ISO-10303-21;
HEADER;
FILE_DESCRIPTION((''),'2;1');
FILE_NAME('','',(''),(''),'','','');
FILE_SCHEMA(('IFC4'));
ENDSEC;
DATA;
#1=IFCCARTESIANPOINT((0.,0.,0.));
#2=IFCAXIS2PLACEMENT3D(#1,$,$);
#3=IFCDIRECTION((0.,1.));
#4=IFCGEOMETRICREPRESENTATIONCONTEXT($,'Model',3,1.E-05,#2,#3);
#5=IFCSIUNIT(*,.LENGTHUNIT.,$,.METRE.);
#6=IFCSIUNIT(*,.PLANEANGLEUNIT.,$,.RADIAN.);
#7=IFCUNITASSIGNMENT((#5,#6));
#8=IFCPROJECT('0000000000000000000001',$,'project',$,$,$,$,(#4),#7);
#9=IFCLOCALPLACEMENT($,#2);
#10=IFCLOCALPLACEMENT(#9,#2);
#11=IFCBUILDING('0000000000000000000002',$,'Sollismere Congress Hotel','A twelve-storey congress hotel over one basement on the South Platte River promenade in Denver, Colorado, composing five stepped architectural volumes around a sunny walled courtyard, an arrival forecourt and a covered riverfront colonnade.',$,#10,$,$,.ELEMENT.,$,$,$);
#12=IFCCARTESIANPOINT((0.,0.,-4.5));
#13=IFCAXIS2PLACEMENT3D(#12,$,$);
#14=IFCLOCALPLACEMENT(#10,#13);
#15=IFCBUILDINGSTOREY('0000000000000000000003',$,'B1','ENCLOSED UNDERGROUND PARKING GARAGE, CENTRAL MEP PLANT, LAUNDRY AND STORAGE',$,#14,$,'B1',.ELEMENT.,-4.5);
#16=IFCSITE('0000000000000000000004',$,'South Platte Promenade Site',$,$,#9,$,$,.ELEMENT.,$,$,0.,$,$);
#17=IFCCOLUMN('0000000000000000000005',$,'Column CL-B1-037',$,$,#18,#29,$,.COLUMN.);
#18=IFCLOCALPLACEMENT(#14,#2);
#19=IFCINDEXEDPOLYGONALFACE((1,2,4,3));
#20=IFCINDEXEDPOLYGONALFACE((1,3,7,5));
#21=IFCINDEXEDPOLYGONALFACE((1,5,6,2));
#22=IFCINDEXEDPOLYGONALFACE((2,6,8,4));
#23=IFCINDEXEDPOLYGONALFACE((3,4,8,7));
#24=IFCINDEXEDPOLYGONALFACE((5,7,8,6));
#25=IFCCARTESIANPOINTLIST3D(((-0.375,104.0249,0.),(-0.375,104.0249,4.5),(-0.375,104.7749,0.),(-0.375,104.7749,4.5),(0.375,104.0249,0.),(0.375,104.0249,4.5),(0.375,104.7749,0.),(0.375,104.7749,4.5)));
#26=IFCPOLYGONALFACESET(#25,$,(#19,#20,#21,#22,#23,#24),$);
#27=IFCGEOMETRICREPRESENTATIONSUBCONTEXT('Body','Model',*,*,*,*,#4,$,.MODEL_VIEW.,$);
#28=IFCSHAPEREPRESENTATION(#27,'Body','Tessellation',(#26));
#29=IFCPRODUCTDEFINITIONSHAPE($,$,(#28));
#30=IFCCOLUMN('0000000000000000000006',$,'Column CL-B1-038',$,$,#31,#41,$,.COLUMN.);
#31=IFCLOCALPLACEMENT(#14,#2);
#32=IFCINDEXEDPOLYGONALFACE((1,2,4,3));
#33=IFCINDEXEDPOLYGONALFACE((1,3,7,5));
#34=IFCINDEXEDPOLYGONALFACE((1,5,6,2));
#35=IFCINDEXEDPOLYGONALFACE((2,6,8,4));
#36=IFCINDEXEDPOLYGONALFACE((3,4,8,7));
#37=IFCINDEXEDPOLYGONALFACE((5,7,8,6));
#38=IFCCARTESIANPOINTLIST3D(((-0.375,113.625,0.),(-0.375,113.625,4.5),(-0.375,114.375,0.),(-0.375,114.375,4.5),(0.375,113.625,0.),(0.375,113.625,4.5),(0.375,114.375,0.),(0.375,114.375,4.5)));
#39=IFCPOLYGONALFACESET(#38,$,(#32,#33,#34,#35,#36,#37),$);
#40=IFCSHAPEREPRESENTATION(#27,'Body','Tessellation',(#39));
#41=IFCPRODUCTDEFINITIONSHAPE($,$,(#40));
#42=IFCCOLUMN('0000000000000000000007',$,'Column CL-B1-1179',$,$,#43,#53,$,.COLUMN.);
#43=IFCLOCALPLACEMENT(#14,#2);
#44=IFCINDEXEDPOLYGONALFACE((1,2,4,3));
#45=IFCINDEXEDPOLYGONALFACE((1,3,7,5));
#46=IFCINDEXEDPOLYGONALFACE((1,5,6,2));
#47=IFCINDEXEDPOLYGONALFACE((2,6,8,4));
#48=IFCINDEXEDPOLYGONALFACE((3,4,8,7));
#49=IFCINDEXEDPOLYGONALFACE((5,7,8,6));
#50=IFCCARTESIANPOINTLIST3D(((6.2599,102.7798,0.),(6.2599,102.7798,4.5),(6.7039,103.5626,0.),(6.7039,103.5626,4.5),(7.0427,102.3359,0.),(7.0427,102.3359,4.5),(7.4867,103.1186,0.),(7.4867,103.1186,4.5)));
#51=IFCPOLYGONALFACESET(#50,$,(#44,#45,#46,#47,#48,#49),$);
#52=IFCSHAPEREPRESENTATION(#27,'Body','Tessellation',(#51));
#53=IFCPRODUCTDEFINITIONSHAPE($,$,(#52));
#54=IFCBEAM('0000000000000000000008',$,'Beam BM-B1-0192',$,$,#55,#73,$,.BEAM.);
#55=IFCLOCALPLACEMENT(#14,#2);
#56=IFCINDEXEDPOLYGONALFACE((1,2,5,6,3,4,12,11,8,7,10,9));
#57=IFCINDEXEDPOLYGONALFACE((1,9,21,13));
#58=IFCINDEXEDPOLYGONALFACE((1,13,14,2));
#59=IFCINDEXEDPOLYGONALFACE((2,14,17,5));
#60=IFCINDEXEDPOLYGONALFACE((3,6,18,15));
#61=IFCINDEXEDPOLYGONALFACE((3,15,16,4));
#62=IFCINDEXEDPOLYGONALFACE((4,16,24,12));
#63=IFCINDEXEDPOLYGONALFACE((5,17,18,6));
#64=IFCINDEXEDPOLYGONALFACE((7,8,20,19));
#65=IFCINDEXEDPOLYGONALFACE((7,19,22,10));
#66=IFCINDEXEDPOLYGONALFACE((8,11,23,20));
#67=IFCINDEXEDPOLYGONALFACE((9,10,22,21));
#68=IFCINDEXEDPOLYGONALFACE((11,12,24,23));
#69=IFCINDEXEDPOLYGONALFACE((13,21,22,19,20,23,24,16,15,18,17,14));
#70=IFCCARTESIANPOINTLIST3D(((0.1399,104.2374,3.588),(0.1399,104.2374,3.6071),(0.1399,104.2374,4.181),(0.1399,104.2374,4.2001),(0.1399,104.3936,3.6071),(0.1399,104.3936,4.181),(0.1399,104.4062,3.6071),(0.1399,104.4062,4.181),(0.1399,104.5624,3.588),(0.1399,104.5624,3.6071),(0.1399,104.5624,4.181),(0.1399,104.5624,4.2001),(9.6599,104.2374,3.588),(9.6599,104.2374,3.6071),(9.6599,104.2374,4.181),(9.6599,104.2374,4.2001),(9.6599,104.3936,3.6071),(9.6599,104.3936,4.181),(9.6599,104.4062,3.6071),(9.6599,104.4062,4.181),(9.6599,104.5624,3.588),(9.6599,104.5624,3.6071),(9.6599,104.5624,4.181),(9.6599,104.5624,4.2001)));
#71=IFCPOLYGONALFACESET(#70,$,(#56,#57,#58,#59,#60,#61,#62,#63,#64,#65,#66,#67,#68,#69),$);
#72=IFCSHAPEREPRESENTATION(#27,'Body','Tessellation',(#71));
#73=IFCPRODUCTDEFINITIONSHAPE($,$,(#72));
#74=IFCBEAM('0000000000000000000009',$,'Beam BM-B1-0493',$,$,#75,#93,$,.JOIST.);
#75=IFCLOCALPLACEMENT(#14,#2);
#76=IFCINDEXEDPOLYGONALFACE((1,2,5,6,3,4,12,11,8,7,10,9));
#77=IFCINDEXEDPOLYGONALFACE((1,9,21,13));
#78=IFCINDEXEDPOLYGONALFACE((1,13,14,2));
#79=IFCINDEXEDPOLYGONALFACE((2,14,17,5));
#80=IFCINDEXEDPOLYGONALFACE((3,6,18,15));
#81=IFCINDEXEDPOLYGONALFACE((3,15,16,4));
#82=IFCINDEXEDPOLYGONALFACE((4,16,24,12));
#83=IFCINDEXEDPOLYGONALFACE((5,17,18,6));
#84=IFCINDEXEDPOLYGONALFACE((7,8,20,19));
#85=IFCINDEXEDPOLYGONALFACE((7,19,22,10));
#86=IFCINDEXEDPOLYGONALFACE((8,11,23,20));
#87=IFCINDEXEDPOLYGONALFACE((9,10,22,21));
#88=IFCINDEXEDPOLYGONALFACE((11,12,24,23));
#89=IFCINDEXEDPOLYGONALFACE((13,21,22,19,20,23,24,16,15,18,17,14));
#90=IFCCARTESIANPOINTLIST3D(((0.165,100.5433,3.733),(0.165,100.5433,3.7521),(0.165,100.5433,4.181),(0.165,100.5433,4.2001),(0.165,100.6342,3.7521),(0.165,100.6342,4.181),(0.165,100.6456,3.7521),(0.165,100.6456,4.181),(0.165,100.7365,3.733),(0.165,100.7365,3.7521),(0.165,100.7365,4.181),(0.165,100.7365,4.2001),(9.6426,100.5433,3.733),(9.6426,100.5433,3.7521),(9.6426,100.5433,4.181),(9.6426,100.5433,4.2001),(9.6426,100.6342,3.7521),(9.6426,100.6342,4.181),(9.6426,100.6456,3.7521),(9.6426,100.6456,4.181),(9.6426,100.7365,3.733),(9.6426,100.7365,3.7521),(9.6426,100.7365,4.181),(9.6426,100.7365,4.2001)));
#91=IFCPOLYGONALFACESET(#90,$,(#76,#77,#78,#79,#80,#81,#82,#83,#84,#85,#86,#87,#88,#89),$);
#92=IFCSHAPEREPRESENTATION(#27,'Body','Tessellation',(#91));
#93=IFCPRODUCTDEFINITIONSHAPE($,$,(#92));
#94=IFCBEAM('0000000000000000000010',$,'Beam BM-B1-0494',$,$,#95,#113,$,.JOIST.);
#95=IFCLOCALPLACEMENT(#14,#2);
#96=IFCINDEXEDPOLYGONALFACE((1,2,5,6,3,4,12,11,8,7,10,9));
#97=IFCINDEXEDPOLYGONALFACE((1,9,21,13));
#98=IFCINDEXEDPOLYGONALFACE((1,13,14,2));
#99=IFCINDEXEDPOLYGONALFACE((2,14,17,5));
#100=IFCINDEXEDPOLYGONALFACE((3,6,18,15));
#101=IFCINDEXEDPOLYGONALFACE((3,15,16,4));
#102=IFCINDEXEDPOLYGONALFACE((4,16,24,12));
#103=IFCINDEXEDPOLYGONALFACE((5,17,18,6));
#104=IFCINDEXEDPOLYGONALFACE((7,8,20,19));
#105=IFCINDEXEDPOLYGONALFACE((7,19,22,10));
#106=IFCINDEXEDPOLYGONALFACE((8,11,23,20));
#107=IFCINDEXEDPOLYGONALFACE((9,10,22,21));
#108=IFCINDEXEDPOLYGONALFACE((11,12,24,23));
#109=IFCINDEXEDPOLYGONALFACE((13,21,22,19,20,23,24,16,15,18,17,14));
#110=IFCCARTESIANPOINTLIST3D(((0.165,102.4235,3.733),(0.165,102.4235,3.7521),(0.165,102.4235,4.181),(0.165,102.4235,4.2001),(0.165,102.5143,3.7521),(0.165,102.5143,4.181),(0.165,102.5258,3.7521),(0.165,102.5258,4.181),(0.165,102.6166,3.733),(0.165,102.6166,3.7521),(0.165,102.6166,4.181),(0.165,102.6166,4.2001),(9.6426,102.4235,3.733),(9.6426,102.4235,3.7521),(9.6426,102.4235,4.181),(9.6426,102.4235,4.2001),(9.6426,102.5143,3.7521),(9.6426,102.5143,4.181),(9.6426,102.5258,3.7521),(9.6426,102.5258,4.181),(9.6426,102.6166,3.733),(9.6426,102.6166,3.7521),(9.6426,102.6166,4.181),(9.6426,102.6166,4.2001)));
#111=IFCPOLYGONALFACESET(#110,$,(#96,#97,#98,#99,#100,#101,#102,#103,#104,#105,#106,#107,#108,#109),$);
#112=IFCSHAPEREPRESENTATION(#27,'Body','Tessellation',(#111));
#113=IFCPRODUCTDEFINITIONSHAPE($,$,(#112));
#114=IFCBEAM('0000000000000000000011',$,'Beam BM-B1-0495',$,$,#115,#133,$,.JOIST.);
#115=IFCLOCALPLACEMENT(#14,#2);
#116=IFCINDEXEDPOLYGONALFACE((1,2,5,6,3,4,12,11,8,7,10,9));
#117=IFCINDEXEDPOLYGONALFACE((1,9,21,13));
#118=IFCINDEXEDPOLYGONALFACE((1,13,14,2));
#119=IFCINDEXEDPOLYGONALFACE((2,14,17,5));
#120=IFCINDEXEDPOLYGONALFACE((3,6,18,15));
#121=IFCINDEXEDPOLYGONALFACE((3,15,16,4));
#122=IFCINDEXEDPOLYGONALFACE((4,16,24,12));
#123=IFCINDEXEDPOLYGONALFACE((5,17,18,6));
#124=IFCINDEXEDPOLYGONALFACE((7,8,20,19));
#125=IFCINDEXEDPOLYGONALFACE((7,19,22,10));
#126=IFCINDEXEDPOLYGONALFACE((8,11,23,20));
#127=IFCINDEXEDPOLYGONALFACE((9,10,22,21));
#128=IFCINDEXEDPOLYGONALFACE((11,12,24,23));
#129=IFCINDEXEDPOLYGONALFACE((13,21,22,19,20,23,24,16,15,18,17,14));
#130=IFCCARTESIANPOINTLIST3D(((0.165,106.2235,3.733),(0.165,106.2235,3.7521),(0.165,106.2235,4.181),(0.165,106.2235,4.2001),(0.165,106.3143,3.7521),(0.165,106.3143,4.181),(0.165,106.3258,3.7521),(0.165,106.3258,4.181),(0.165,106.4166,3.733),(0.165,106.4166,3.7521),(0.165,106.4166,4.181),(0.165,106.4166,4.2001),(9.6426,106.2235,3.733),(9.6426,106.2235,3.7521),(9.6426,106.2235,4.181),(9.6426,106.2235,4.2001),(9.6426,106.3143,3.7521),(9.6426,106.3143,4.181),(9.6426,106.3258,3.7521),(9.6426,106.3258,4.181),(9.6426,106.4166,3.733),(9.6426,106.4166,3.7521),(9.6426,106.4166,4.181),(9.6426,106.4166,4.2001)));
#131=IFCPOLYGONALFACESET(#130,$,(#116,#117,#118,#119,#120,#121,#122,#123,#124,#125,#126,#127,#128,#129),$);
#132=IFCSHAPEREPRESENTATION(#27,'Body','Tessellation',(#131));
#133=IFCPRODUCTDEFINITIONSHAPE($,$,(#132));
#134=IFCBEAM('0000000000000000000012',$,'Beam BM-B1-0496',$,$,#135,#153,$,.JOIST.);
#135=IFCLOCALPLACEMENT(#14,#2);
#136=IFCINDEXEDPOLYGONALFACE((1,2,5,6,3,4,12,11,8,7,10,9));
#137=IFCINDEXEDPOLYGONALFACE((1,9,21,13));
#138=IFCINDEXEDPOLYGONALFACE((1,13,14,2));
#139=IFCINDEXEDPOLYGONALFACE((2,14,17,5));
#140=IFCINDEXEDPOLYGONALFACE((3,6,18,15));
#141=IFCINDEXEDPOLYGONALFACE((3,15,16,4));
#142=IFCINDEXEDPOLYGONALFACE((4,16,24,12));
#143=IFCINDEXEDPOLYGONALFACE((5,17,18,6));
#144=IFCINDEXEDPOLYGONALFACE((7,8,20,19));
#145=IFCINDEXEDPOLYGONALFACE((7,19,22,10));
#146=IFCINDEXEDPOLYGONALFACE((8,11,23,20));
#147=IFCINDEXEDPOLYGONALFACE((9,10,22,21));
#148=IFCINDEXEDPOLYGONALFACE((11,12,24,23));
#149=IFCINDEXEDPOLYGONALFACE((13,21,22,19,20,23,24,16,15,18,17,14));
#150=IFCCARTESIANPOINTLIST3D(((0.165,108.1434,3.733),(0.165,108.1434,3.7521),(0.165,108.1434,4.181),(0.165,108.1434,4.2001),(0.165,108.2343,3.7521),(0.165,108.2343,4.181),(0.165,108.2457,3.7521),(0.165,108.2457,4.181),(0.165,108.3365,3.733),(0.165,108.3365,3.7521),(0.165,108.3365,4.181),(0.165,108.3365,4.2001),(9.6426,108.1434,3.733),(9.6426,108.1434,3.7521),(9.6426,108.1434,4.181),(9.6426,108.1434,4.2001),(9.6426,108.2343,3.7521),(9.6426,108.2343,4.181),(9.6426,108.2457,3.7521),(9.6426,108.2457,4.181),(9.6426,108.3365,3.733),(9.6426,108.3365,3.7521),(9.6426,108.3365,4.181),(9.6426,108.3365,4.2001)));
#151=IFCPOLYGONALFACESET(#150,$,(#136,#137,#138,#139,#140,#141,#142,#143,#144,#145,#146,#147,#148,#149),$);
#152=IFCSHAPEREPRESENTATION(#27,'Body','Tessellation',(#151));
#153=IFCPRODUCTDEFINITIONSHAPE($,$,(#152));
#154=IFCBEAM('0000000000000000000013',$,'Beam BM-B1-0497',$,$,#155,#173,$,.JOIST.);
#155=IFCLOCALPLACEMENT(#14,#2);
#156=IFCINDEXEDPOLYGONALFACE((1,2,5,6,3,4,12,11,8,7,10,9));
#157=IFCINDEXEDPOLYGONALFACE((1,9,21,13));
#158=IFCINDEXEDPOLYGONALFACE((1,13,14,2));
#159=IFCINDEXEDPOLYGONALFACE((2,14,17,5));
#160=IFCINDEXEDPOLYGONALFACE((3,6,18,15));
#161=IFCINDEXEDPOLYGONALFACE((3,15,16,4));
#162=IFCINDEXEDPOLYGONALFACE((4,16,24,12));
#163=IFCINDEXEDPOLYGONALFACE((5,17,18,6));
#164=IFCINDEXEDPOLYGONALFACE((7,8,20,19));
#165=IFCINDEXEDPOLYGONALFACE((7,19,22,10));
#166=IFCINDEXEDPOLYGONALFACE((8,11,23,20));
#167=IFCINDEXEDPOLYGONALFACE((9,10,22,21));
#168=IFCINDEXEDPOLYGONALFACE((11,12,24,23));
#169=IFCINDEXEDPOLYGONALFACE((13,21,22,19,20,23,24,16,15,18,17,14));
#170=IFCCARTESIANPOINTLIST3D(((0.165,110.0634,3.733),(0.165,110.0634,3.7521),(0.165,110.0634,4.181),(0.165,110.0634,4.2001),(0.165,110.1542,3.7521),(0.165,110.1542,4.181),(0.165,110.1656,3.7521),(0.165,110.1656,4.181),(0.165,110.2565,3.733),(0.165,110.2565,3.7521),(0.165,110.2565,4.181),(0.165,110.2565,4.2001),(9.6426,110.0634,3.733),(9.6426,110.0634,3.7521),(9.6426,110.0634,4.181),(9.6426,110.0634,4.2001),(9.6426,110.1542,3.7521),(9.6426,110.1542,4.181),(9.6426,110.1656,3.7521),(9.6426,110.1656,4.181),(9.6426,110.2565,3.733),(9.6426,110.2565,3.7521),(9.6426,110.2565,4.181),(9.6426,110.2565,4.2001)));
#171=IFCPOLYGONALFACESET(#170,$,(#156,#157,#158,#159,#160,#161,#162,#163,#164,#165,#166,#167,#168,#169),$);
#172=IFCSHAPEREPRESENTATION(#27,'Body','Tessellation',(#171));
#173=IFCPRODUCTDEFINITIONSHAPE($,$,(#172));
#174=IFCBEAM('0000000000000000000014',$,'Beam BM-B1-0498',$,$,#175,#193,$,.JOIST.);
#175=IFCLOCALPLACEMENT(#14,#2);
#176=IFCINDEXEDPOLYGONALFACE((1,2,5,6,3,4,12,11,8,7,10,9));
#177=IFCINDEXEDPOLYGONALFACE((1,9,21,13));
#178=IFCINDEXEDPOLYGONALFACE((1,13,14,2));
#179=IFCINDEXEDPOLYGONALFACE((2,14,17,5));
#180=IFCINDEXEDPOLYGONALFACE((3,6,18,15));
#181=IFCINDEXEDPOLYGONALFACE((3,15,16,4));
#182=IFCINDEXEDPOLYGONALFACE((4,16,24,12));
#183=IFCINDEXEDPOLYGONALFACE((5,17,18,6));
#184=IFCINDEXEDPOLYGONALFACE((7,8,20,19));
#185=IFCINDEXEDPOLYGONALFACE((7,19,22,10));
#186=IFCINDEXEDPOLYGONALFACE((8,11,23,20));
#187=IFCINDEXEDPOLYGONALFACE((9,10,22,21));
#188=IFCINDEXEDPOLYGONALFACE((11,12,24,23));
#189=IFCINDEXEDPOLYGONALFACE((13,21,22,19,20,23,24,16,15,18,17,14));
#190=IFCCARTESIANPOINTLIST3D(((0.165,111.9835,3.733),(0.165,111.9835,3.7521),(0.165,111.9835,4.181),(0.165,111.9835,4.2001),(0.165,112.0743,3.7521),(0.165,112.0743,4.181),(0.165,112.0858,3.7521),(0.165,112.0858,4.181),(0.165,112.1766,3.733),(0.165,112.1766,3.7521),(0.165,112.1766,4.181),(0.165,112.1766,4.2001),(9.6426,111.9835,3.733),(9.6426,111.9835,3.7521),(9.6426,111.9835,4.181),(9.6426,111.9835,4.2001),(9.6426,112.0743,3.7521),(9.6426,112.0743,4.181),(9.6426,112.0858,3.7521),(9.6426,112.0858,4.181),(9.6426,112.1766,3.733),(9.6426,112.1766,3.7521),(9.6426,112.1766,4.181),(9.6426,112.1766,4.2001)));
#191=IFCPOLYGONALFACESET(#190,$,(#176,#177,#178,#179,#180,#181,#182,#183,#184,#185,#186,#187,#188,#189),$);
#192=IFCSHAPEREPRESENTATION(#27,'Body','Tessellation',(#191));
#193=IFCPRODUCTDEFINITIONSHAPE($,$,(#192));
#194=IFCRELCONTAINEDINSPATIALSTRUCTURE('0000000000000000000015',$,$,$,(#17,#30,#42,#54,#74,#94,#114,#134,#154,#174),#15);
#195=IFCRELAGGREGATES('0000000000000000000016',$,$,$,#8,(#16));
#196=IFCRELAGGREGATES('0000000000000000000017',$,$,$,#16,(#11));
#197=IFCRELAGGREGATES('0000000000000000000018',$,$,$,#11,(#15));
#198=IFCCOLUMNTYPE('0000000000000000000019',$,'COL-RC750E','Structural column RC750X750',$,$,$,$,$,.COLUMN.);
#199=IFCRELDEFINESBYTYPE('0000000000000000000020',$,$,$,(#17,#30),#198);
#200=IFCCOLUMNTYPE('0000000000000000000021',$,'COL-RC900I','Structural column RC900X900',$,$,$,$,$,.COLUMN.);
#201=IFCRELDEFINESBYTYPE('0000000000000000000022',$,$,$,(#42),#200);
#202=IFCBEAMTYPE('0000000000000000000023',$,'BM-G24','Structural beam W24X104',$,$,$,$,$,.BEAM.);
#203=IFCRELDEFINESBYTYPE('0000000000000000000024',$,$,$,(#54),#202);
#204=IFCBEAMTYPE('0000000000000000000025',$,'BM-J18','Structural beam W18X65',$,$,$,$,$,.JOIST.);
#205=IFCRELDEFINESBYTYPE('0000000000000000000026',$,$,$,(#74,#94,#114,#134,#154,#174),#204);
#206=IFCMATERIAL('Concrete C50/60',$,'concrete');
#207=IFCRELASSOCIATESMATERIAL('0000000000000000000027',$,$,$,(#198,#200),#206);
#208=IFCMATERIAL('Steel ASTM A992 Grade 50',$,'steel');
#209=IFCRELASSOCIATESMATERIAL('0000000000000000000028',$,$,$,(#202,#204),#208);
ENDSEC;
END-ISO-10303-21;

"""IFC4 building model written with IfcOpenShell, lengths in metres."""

from ifc_helpers import new_model, si_unit, direction, frame, origin, origin_2d, place, context, subcontext, project, spatial, rectangle, i_section, extrude, material, material_profile, profile_set, type_object, element, save


model = new_model("IFC4")

# Units and contexts
model_context = context("Model", 3, precision=1e-05, world=origin(), true_north=direction((0.0, 1.0)))
body_context = subcontext(model_context, "Body", "Model", "MODEL_VIEW")
ifc_project = project(units=[si_unit("LENGTHUNIT", "METRE"), si_unit("PLANEANGLEUNIT", "RADIAN")], contexts=[model_context])

# Site, building, storey
site_placement = place(None, origin())
site = spatial("IfcSite", under=ifc_project, at=site_placement, Name="South Platte Promenade Site", CompositionType="ELEMENT", RefElevation=0.0)
building_placement = place(site_placement, origin())
building = spatial("IfcBuilding", under=site, at=building_placement, Name="Sollismere Congress Hotel", Description="A twelve-storey congress hotel over one basement on the South Platte River promenade in Denver, Colorado, composing five stepped architectural volumes around a sunny walled courtyard, an arrival forecourt and a covered riverfront colonnade.", CompositionType="ELEMENT")
storey_placement = place(building_placement, frame((0.0, 0.0, -4.5)))
storey = spatial("IfcBuildingStorey", under=building, at=storey_placement, Name="B1", Description="ENCLOSED UNDERGROUND PARKING GARAGE, CENTRAL MEP PLANT, LAUNDRY AND STORAGE", LongName="B1", CompositionType="ELEMENT", Elevation=-4.5)

# Columns
ifc_material_1 = material(Name="Concrete C50/60", Category="concrete")
ifc_material_profile_1 = material_profile(ifc_material_1, rectangle(XDim=0.75, YDim=0.75, at=origin_2d()), Name="RC750X750")
ifc_profile_set_1 = profile_set([ifc_material_profile_1], Name="Concrete C50/60")
column_type_1 = type_object("IfcColumnType", Name="COL-RC750E", Description="Structural column RC750X750", PredefinedType="COLUMN", material=ifc_profile_set_1)
for number, where, z_axis, x_axis, name in (
    (1, (0.0, 104.3999, 0.0), (0.0, 0.0, 1.0), (1.0, 0.0, 0.0), "Column CL-B1-037"),
    (2, (0.0, 114.0, 0.0), (0.0, 0.0, 1.0), (1.0, 0.0, 0.0), "Column CL-B1-038"),
):
    element("IfcColumn", number, at=place(storey_placement, frame(where, z_axis=z_axis, x_axis=x_axis)), inside=storey, type_object=column_type_1, Name=name, PredefinedType="COLUMN", context=body_context, shape_type="SweptSolid", body=[
        extrude(rectangle(XDim=0.75, YDim=0.75, at=origin_2d()), origin(), (0.0, 0.0, 1.0), 4.5),
    ])
ifc_material_profile_2 = material_profile(ifc_material_1, rectangle(XDim=0.8999, YDim=0.8999, at=origin_2d()), Name="RC900X900")
ifc_profile_set_2 = profile_set([ifc_material_profile_2], Name="Concrete C50/60")
column_type_2 = type_object("IfcColumnType", Name="COL-RC900I", Description="Structural column RC900X900", PredefinedType="COLUMN", material=ifc_profile_set_2)
column_placement = place(storey_placement, frame((6.8733, 102.9492, 0.0), z_axis=(0.0, 0.0, 1.0), x_axis=(-0.86984, 0.493335, 0.0)))
element("IfcColumn", 3, at=column_placement, inside=storey, type_object=column_type_2, Name="Column CL-B1-1179", PredefinedType="COLUMN", context=body_context, shape_type="SweptSolid", body=[
    extrude(rectangle(XDim=0.8999, YDim=0.8999, at=origin_2d()), origin(), (0.0, 0.0, 1.0), 4.5),
])

# Beams
ifc_material_2 = material(Name="Steel ASTM A992 Grade 50", Category="steel")
ifc_material_profile_3 = material_profile(ifc_material_2, i_section(OverallWidth=0.325, OverallDepth=0.6121, WebThickness=0.0127, FlangeThickness=0.019, at=origin_2d()), Name="W24X104")
ifc_profile_set_3 = profile_set([ifc_material_profile_3], Name="Steel ASTM A992 Grade 50")
beam_type_1 = type_object("IfcBeamType", Name="BM-G24", Description="Structural beam W24X104", PredefinedType="BEAM", material=ifc_profile_set_3)
beam_1_placement = place(storey_placement, frame((0.1399, 104.3999, 3.894), z_axis=(1.0, 0.0, 0.0), x_axis=(0.0, 1.0, 0.0)))
element("IfcBeam", 4, at=beam_1_placement, inside=storey, type_object=beam_type_1, Name="Beam BM-B1-0192", PredefinedType="BEAM", context=body_context, shape_type="SweptSolid", body=[
    extrude(i_section(OverallWidth=0.325, OverallDepth=0.6121, WebThickness=0.0127, FlangeThickness=0.019, at=origin_2d()), origin(), (0.0, 0.0, 1.0), 9.52),
])
ifc_material_profile_4 = material_profile(ifc_material_2, i_section(OverallWidth=0.1931, OverallDepth=0.467, WebThickness=0.0115, FlangeThickness=0.019, at=origin_2d()), Name="W18X65")
ifc_profile_set_4 = profile_set([ifc_material_profile_4], Name="Steel ASTM A992 Grade 50")
beam_type_2 = type_object("IfcBeamType", Name="BM-J18", Description="Structural beam W18X65", PredefinedType="JOIST", material=ifc_profile_set_4)
for number, where, z_axis, x_axis, name in (
    (5, (0.165, 100.6399, 3.9666), (1.0, 0.0, 0.0), (0.0, 1.0, 0.0), "Beam BM-B1-0493"),
    (6, (0.165, 102.52, 3.9666), (1.0, 0.0, 0.0), (0.0, 1.0, 0.0), "Beam BM-B1-0494"),
    (7, (0.165, 106.3201, 3.9666), (1.0, 0.0, 0.0), (0.0, 1.0, 0.0), "Beam BM-B1-0495"),
    (8, (0.165, 108.24, 3.9666), (1.0, 0.0, 0.0), (0.0, 1.0, 0.0), "Beam BM-B1-0496"),
    (9, (0.165, 110.1599, 3.9666), (1.0, 0.0, 0.0), (0.0, 1.0, 0.0), "Beam BM-B1-0497"),
    (10, (0.165, 112.0801, 3.9666), (1.0, 0.0, 0.0), (0.0, 1.0, 0.0), "Beam BM-B1-0498"),
):
    element("IfcBeam", number, at=place(storey_placement, frame(where, z_axis=z_axis, x_axis=x_axis)), inside=storey, type_object=beam_type_2, Name=name, PredefinedType="JOIST", context=body_context, shape_type="SweptSolid", body=[
        extrude(i_section(OverallWidth=0.1931, OverallDepth=0.467, WebThickness=0.0115, FlangeThickness=0.019, at=origin_2d()), origin(), (0.0, 0.0, 1.0), 9.4775),
    ])

save(model, "model.ifc")
